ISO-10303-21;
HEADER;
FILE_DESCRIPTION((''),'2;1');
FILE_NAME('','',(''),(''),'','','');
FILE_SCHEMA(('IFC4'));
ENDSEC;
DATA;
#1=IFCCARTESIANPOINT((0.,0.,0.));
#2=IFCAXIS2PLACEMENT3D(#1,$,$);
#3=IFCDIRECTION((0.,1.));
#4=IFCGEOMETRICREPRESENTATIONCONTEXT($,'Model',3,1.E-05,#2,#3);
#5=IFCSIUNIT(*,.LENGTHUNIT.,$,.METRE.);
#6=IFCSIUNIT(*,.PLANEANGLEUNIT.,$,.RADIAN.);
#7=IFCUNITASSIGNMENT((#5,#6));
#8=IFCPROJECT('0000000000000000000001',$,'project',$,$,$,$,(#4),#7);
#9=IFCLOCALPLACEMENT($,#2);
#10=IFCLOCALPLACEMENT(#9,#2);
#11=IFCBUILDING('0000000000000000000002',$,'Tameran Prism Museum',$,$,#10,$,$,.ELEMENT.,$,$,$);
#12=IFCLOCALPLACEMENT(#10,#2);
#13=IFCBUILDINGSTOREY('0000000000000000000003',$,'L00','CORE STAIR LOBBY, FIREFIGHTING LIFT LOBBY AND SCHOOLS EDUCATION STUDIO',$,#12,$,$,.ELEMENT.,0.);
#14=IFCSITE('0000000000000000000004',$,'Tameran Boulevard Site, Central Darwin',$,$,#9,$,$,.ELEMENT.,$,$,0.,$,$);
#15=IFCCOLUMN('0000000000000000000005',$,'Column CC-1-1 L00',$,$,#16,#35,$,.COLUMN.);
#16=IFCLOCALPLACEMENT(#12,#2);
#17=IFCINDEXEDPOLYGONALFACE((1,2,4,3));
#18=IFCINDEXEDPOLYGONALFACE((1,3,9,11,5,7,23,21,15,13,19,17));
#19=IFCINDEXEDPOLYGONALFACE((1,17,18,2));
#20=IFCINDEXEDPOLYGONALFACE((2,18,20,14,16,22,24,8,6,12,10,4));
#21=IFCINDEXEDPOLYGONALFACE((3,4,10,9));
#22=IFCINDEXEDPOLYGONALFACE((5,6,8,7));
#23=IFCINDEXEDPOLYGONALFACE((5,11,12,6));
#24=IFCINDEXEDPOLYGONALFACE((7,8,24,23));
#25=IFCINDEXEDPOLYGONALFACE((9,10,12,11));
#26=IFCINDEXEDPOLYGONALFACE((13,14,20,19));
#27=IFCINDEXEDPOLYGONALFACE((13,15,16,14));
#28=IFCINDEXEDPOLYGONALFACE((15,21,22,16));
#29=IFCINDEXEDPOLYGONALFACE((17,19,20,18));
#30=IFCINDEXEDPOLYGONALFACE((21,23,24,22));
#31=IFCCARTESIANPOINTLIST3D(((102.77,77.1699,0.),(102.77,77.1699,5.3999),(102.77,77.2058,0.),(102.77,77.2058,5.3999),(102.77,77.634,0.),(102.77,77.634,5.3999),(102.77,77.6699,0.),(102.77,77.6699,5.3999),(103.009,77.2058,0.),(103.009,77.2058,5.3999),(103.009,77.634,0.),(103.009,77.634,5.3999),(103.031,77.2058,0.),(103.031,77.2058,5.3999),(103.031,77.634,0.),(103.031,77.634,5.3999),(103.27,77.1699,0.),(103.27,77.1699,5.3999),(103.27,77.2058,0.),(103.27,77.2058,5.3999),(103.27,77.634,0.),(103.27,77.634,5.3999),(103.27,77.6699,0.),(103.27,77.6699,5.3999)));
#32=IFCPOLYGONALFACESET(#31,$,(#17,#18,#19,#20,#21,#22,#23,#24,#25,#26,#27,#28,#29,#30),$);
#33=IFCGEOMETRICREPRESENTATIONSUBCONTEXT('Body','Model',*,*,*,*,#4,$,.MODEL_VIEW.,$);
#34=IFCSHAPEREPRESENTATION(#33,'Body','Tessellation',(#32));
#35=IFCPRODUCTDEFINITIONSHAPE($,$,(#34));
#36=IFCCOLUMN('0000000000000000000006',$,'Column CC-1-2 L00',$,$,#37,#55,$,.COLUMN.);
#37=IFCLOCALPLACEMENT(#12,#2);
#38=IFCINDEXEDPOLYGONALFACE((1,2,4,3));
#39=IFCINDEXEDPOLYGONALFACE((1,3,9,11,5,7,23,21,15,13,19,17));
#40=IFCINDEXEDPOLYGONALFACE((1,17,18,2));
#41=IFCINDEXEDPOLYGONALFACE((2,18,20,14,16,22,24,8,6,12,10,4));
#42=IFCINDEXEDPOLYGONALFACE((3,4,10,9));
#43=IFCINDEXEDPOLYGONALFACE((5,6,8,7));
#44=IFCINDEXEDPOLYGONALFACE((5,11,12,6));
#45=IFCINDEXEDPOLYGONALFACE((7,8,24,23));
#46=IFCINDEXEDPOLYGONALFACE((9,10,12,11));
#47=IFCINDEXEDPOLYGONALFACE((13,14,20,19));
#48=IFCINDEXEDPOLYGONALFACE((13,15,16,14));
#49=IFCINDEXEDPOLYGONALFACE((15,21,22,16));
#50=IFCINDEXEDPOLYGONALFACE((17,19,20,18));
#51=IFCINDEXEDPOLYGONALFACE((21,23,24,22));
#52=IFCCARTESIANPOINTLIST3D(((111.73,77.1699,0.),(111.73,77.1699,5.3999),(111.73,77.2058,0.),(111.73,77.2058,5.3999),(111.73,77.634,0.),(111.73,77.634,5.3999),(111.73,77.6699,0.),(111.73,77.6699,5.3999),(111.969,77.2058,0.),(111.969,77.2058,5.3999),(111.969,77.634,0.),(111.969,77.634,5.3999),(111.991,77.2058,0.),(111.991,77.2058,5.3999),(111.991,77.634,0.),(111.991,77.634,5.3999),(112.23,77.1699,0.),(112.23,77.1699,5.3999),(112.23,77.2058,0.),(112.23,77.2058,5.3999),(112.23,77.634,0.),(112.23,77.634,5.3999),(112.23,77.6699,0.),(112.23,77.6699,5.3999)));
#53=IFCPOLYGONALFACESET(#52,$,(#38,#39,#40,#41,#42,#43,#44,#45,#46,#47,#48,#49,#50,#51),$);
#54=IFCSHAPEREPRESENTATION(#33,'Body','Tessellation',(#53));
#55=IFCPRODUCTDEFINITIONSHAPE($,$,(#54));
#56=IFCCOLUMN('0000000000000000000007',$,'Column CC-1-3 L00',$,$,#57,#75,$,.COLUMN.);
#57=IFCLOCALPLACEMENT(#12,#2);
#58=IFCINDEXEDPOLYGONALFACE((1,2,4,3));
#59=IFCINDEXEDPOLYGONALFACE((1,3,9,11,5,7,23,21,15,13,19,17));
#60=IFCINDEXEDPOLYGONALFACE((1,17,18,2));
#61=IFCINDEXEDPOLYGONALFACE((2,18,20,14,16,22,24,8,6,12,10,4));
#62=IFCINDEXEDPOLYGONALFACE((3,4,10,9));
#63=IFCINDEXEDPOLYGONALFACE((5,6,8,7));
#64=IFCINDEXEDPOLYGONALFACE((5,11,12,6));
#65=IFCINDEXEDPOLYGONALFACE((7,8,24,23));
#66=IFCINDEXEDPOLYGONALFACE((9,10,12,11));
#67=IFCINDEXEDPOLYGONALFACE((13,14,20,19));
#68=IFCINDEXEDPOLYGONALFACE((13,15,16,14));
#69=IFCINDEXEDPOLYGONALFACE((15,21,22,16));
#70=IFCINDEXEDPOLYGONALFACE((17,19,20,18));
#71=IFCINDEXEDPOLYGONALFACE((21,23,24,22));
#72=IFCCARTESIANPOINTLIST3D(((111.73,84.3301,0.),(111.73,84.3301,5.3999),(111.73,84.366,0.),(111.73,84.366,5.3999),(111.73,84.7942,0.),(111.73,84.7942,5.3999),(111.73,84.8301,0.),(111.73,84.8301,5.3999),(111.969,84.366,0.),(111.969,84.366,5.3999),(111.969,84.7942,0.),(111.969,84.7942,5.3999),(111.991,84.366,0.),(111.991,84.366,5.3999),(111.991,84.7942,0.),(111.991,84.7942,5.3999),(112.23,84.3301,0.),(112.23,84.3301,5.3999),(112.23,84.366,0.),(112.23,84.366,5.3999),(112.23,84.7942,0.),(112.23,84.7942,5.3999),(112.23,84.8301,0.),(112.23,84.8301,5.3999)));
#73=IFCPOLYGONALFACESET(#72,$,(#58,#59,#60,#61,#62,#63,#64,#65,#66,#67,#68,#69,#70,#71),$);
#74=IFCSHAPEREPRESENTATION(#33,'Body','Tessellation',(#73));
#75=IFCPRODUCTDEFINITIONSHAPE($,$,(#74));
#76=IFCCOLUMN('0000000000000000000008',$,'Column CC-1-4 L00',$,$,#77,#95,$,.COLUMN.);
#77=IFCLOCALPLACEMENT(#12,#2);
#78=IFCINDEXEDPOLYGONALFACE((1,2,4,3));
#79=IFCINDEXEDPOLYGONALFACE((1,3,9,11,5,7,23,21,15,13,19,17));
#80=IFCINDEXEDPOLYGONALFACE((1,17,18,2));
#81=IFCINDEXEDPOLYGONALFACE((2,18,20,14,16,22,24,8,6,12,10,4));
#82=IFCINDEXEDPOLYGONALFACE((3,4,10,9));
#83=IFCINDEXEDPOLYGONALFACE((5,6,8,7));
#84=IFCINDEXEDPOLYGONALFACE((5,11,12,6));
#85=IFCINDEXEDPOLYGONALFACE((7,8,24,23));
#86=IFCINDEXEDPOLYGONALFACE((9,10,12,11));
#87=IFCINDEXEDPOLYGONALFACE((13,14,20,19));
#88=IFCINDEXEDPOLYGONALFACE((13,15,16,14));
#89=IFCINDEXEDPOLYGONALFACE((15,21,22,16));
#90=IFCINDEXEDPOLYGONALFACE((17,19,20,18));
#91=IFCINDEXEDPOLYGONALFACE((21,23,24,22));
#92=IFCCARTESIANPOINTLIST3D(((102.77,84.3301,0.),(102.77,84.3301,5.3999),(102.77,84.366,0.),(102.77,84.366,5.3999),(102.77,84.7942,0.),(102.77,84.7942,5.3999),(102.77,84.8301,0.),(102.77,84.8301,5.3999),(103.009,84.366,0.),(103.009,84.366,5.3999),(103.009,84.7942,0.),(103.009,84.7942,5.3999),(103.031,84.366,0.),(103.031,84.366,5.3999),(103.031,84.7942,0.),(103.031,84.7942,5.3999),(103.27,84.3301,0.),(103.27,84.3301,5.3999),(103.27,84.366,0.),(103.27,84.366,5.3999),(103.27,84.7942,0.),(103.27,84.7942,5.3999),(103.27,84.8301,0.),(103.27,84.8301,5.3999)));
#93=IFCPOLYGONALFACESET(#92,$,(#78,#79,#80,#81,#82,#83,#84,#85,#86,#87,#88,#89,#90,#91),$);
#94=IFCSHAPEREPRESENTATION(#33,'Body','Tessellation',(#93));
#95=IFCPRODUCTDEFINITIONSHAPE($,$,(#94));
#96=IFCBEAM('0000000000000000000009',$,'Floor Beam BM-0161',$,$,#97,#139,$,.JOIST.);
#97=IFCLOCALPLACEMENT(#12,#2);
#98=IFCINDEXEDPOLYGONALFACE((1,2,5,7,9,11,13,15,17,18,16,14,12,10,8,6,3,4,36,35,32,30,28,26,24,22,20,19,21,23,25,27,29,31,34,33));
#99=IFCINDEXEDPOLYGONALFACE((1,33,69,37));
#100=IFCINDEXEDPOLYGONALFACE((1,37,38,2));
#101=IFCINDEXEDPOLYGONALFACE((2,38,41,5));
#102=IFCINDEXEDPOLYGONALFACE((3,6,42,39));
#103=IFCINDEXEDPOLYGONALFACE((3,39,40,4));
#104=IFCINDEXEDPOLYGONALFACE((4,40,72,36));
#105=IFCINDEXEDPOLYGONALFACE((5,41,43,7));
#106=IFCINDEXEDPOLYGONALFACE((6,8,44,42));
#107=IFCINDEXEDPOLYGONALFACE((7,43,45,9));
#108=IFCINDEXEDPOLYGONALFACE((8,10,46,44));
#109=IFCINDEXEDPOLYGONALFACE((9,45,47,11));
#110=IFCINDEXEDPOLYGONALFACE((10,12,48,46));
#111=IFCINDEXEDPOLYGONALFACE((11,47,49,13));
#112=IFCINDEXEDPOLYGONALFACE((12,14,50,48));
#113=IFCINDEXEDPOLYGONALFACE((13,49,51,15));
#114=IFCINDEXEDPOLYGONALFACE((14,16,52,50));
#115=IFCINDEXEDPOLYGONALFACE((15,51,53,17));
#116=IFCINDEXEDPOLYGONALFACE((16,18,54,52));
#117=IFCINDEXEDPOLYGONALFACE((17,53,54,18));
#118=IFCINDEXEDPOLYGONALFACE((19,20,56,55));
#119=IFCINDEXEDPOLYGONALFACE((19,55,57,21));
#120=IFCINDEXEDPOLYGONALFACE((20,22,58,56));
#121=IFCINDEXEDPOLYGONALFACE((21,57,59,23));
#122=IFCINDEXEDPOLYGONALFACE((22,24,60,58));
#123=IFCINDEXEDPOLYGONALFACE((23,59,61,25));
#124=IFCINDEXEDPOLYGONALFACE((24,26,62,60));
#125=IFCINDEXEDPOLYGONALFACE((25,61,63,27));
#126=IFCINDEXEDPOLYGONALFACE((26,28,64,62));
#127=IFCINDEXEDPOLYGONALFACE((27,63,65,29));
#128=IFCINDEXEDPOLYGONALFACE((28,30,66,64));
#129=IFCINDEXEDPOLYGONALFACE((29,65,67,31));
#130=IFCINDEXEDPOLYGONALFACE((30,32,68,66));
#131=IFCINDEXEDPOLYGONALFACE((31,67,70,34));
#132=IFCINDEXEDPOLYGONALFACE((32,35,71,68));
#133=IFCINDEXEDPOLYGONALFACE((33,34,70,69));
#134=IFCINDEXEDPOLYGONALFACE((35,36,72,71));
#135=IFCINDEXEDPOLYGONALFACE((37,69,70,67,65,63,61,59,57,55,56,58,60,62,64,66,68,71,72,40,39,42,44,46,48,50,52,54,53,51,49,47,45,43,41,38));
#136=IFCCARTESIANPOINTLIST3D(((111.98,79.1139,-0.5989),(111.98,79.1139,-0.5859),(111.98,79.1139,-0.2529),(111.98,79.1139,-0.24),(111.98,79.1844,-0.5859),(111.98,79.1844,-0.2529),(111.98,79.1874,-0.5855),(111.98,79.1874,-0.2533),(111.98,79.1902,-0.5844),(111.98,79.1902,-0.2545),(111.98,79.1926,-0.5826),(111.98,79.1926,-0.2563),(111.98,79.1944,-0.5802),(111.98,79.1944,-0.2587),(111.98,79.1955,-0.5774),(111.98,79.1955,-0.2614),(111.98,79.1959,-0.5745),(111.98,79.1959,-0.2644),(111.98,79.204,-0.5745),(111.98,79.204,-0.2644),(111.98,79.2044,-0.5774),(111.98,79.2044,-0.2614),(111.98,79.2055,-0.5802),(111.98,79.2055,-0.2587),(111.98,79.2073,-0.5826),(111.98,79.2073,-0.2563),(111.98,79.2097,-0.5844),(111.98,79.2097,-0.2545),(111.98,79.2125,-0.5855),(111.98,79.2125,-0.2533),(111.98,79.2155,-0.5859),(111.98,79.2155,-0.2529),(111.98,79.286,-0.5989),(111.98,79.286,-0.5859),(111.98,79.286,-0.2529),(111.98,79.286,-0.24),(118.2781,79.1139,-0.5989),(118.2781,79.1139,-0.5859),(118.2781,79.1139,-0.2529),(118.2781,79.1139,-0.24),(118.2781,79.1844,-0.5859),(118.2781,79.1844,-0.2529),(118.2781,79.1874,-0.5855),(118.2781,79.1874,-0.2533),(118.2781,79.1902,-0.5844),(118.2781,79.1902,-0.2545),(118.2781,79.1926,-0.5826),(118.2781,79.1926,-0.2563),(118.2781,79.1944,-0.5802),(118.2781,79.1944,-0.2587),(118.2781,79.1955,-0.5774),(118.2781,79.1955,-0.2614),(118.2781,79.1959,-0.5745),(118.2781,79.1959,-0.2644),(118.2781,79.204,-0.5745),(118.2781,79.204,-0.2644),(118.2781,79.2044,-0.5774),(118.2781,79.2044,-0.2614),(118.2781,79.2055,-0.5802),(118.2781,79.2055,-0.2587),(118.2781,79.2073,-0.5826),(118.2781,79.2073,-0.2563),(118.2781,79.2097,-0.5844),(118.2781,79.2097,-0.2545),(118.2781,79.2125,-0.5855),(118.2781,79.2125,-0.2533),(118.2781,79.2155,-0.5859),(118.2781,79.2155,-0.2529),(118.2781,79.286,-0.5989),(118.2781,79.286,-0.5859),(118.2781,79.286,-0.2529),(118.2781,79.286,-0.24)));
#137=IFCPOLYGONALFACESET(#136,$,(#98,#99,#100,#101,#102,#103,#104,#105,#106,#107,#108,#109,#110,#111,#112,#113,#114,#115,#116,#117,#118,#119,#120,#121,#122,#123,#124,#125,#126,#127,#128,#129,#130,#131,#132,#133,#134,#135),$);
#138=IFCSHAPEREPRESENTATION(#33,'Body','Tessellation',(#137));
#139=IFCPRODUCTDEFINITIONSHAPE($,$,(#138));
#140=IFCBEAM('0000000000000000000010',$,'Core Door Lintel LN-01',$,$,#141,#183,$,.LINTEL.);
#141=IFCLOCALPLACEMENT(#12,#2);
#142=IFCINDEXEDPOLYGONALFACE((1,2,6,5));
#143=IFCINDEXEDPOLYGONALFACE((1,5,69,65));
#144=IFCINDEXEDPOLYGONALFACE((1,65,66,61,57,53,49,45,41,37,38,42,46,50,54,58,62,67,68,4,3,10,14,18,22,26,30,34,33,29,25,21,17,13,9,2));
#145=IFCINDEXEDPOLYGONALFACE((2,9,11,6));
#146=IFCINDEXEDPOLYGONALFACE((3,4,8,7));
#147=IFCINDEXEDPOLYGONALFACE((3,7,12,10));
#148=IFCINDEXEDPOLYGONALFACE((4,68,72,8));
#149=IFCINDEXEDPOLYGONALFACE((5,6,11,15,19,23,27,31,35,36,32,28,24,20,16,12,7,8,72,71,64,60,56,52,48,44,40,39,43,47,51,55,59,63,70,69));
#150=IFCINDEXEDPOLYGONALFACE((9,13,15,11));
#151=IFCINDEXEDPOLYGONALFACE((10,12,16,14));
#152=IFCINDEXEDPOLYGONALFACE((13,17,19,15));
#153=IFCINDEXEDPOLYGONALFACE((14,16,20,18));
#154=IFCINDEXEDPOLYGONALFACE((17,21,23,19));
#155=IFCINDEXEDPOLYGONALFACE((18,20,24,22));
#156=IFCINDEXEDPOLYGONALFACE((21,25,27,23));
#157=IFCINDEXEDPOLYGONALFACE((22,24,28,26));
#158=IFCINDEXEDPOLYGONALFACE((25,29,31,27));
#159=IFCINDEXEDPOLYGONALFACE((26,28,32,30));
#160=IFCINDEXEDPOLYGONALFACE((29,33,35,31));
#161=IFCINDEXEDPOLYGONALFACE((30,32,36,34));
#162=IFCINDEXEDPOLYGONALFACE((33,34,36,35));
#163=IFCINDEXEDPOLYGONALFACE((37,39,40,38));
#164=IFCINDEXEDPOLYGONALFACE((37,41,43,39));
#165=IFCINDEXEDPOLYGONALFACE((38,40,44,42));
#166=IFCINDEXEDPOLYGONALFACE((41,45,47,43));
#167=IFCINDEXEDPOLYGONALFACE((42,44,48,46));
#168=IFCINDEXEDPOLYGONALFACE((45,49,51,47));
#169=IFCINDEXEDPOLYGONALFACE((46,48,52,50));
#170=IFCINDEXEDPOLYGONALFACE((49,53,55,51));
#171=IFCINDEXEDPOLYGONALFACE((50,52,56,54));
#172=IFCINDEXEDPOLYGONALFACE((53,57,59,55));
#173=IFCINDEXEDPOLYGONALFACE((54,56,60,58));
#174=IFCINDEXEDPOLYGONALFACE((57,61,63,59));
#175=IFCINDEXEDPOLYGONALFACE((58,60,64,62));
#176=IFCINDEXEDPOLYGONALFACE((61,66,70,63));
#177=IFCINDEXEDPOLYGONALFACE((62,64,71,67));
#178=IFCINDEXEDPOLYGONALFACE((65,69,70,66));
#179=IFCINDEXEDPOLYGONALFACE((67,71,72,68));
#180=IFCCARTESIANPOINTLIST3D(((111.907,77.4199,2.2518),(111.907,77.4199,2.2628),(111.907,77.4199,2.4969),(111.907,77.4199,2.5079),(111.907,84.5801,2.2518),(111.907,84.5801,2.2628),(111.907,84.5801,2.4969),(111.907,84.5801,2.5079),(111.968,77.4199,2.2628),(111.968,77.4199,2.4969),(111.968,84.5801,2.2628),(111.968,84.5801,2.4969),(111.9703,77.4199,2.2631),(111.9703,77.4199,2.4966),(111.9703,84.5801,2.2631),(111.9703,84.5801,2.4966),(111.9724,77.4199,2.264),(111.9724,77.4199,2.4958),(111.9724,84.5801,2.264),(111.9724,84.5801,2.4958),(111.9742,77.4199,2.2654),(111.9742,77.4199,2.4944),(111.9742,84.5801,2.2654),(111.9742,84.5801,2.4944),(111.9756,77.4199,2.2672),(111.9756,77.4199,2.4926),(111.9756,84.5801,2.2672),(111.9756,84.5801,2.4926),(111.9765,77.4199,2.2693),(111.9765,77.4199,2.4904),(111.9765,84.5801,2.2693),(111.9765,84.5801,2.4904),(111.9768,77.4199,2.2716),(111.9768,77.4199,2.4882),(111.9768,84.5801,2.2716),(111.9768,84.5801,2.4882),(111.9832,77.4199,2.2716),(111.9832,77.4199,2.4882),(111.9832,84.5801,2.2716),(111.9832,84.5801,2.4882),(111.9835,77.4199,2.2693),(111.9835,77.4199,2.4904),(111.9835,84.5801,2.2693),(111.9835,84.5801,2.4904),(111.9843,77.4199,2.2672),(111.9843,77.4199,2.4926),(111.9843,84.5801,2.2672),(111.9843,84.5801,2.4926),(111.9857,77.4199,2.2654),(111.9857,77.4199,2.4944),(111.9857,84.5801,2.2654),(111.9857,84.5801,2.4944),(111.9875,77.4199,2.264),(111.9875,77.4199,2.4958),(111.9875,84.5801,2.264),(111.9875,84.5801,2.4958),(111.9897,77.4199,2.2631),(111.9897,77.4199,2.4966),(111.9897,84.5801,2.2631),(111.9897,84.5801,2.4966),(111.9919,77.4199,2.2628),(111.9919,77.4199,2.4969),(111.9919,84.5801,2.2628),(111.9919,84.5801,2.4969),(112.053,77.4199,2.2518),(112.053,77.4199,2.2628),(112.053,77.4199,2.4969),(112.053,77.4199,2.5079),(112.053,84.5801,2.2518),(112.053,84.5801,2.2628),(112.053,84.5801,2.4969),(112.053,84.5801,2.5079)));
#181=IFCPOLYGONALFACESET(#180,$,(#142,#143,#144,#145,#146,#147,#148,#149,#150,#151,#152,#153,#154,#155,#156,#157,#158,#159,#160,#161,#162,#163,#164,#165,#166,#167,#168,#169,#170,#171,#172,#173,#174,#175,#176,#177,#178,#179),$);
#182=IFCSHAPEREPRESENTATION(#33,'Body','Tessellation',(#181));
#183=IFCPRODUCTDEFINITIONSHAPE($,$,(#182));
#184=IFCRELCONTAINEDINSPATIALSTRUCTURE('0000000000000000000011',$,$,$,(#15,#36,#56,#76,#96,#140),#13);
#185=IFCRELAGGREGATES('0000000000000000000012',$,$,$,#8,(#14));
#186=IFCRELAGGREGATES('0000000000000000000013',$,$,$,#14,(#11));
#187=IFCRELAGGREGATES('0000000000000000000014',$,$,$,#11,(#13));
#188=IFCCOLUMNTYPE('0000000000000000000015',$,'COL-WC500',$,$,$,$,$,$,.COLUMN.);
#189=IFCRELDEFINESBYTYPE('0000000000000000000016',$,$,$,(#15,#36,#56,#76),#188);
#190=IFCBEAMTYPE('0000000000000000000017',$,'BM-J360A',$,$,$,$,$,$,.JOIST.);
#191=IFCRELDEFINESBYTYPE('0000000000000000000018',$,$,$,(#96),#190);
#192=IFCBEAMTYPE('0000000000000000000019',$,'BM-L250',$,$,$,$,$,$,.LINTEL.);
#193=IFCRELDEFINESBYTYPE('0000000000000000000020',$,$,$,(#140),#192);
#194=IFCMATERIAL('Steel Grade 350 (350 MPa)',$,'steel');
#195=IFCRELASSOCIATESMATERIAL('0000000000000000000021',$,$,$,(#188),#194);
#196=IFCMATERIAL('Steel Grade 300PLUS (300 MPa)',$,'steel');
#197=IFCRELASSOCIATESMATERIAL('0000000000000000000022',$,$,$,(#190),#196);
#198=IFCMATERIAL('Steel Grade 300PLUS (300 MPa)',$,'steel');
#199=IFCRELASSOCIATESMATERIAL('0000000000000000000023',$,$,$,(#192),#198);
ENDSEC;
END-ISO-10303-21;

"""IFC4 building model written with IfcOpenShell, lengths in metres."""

from ifc_helpers import new_model, si_unit, direction, frame, origin, origin_2d, place, context, subcontext, project, spatial, i_section, extrude, material, material_profile, profile_set, type_object, element, save


model = new_model("IFC4")

# Units and contexts
model_context = context("Model", 3, precision=1e-05, world=origin(), true_north=direction((0.0, 1.0)))
body_context = subcontext(model_context, "Body", "Model", "MODEL_VIEW")
ifc_project = project(units=[si_unit("LENGTHUNIT", "METRE"), si_unit("PLANEANGLEUNIT", "RADIAN")], contexts=[model_context])

# Site, building, storey
site_placement = place(None, origin())
site = spatial("IfcSite", under=ifc_project, at=site_placement, Name="Tameran Boulevard Site, Central Darwin", CompositionType="ELEMENT", RefElevation=0.0)
building_placement = place(site_placement, origin())
building = spatial("IfcBuilding", under=site, at=building_placement, Name="Tameran Prism Museum", CompositionType="ELEMENT")
storey_placement = place(building_placement, origin())
storey = spatial("IfcBuildingStorey", under=building, at=storey_placement, Name="L00", Description="CORE STAIR LOBBY, FIREFIGHTING LIFT LOBBY AND SCHOOLS EDUCATION STUDIO", CompositionType="ELEMENT", Elevation=0.0)

# Columns
ifc_material_1 = material(Name="Steel Grade 350 (350 MPa)", Category="steel")
ifc_material_profile_1 = material_profile(ifc_material_1, i_section(OverallWidth=0.5, OverallDepth=0.5, WebThickness=0.022, FlangeThickness=0.0359, at=origin_2d()))
ifc_profile_set_1 = profile_set([ifc_material_profile_1])
column_type = type_object("IfcColumnType", Name="COL-WC500", PredefinedType="COLUMN", material=ifc_profile_set_1)
for number, where, z_axis, x_axis, name in (
    (1, (103.02, 77.4199, 0.0), (0.0, 0.0, 1.0), (1.0, 0.0, 0.0), "Column CC-1-1 L00"),
    (2, (111.98, 77.4199, 0.0), (0.0, 0.0, 1.0), (1.0, 0.0, 0.0), "Column CC-1-2 L00"),
    (3, (111.98, 84.5801, 0.0), (0.0, 0.0, 1.0), (1.0, 0.0, 0.0), "Column CC-1-3 L00"),
    (4, (103.02, 84.5801, 0.0), (0.0, 0.0, 1.0), (1.0, 0.0, 0.0), "Column CC-1-4 L00"),
):
    element("IfcColumn", number, at=place(storey_placement, frame(where, z_axis=z_axis, x_axis=x_axis)), inside=storey, type_object=column_type, Name=name, PredefinedType="COLUMN", context=body_context, shape_type="SweptSolid", body=[
        extrude(i_section(OverallWidth=0.5, OverallDepth=0.5, WebThickness=0.022, FlangeThickness=0.0359, at=origin_2d()), origin(), (0.0, 0.0, 1.0), 5.3999),
    ])

# Beams
ifc_material_2 = material(Name="Steel Grade 300PLUS (300 MPa)", Category="steel")
ifc_material_profile_2 = material_profile(ifc_material_2, i_section(OverallWidth=0.1721, OverallDepth=0.3589, WebThickness=0.0081, FlangeThickness=0.0129, FilletRadius=0.0115, at=origin_2d()))
ifc_profile_set_2 = profile_set([ifc_material_profile_2])
beam_type_1 = type_object("IfcBeamType", Name="BM-J360A", PredefinedType="JOIST", material=ifc_profile_set_2)
beam_1_placement = place(storey_placement, frame((111.98, 79.2, -0.4194), z_axis=(1.0, 0.0, 0.0), x_axis=(0.0, 1.0, 0.0)))
element("IfcBeam", 5, at=beam_1_placement, inside=storey, type_object=beam_type_1, Name="Floor Beam BM-0161", PredefinedType="JOIST", context=body_context, shape_type="SweptSolid", body=[
    extrude(i_section(OverallWidth=0.1721, OverallDepth=0.3589, WebThickness=0.0081, FlangeThickness=0.0129, FilletRadius=0.0115, at=origin_2d()), origin(), (0.0, 0.0, 1.0), 6.2981),
])
ifc_material_3 = material(Name="Steel Grade 300PLUS (300 MPa)", Category="steel")
ifc_material_profile_3 = material_profile(ifc_material_3, i_section(OverallWidth=0.146, OverallDepth=0.2561, WebThickness=0.0063, FlangeThickness=0.011, FilletRadius=0.0088, at=origin_2d()))
ifc_profile_set_3 = profile_set([ifc_material_profile_3])
beam_type_2 = type_object("IfcBeamType", Name="BM-L250", PredefinedType="LINTEL", material=ifc_profile_set_3)
beam_2_placement = place(storey_placement, frame((111.98, 77.4199, 2.3799), z_axis=(0.0, 1.0, 0.0), x_axis=(-1.0, 0.0, 0.0)))
element("IfcBeam", 6, at=beam_2_placement, inside=storey, type_object=beam_type_2, Name="Core Door Lintel LN-01", PredefinedType="LINTEL", context=body_context, shape_type="SweptSolid", body=[
    extrude(i_section(OverallWidth=0.146, OverallDepth=0.2561, WebThickness=0.0063, FlangeThickness=0.011, FilletRadius=0.0088, at=origin_2d()), origin(), (0.0, 0.0, 1.0), 7.1602),
])

save(model, "model.ifc")
